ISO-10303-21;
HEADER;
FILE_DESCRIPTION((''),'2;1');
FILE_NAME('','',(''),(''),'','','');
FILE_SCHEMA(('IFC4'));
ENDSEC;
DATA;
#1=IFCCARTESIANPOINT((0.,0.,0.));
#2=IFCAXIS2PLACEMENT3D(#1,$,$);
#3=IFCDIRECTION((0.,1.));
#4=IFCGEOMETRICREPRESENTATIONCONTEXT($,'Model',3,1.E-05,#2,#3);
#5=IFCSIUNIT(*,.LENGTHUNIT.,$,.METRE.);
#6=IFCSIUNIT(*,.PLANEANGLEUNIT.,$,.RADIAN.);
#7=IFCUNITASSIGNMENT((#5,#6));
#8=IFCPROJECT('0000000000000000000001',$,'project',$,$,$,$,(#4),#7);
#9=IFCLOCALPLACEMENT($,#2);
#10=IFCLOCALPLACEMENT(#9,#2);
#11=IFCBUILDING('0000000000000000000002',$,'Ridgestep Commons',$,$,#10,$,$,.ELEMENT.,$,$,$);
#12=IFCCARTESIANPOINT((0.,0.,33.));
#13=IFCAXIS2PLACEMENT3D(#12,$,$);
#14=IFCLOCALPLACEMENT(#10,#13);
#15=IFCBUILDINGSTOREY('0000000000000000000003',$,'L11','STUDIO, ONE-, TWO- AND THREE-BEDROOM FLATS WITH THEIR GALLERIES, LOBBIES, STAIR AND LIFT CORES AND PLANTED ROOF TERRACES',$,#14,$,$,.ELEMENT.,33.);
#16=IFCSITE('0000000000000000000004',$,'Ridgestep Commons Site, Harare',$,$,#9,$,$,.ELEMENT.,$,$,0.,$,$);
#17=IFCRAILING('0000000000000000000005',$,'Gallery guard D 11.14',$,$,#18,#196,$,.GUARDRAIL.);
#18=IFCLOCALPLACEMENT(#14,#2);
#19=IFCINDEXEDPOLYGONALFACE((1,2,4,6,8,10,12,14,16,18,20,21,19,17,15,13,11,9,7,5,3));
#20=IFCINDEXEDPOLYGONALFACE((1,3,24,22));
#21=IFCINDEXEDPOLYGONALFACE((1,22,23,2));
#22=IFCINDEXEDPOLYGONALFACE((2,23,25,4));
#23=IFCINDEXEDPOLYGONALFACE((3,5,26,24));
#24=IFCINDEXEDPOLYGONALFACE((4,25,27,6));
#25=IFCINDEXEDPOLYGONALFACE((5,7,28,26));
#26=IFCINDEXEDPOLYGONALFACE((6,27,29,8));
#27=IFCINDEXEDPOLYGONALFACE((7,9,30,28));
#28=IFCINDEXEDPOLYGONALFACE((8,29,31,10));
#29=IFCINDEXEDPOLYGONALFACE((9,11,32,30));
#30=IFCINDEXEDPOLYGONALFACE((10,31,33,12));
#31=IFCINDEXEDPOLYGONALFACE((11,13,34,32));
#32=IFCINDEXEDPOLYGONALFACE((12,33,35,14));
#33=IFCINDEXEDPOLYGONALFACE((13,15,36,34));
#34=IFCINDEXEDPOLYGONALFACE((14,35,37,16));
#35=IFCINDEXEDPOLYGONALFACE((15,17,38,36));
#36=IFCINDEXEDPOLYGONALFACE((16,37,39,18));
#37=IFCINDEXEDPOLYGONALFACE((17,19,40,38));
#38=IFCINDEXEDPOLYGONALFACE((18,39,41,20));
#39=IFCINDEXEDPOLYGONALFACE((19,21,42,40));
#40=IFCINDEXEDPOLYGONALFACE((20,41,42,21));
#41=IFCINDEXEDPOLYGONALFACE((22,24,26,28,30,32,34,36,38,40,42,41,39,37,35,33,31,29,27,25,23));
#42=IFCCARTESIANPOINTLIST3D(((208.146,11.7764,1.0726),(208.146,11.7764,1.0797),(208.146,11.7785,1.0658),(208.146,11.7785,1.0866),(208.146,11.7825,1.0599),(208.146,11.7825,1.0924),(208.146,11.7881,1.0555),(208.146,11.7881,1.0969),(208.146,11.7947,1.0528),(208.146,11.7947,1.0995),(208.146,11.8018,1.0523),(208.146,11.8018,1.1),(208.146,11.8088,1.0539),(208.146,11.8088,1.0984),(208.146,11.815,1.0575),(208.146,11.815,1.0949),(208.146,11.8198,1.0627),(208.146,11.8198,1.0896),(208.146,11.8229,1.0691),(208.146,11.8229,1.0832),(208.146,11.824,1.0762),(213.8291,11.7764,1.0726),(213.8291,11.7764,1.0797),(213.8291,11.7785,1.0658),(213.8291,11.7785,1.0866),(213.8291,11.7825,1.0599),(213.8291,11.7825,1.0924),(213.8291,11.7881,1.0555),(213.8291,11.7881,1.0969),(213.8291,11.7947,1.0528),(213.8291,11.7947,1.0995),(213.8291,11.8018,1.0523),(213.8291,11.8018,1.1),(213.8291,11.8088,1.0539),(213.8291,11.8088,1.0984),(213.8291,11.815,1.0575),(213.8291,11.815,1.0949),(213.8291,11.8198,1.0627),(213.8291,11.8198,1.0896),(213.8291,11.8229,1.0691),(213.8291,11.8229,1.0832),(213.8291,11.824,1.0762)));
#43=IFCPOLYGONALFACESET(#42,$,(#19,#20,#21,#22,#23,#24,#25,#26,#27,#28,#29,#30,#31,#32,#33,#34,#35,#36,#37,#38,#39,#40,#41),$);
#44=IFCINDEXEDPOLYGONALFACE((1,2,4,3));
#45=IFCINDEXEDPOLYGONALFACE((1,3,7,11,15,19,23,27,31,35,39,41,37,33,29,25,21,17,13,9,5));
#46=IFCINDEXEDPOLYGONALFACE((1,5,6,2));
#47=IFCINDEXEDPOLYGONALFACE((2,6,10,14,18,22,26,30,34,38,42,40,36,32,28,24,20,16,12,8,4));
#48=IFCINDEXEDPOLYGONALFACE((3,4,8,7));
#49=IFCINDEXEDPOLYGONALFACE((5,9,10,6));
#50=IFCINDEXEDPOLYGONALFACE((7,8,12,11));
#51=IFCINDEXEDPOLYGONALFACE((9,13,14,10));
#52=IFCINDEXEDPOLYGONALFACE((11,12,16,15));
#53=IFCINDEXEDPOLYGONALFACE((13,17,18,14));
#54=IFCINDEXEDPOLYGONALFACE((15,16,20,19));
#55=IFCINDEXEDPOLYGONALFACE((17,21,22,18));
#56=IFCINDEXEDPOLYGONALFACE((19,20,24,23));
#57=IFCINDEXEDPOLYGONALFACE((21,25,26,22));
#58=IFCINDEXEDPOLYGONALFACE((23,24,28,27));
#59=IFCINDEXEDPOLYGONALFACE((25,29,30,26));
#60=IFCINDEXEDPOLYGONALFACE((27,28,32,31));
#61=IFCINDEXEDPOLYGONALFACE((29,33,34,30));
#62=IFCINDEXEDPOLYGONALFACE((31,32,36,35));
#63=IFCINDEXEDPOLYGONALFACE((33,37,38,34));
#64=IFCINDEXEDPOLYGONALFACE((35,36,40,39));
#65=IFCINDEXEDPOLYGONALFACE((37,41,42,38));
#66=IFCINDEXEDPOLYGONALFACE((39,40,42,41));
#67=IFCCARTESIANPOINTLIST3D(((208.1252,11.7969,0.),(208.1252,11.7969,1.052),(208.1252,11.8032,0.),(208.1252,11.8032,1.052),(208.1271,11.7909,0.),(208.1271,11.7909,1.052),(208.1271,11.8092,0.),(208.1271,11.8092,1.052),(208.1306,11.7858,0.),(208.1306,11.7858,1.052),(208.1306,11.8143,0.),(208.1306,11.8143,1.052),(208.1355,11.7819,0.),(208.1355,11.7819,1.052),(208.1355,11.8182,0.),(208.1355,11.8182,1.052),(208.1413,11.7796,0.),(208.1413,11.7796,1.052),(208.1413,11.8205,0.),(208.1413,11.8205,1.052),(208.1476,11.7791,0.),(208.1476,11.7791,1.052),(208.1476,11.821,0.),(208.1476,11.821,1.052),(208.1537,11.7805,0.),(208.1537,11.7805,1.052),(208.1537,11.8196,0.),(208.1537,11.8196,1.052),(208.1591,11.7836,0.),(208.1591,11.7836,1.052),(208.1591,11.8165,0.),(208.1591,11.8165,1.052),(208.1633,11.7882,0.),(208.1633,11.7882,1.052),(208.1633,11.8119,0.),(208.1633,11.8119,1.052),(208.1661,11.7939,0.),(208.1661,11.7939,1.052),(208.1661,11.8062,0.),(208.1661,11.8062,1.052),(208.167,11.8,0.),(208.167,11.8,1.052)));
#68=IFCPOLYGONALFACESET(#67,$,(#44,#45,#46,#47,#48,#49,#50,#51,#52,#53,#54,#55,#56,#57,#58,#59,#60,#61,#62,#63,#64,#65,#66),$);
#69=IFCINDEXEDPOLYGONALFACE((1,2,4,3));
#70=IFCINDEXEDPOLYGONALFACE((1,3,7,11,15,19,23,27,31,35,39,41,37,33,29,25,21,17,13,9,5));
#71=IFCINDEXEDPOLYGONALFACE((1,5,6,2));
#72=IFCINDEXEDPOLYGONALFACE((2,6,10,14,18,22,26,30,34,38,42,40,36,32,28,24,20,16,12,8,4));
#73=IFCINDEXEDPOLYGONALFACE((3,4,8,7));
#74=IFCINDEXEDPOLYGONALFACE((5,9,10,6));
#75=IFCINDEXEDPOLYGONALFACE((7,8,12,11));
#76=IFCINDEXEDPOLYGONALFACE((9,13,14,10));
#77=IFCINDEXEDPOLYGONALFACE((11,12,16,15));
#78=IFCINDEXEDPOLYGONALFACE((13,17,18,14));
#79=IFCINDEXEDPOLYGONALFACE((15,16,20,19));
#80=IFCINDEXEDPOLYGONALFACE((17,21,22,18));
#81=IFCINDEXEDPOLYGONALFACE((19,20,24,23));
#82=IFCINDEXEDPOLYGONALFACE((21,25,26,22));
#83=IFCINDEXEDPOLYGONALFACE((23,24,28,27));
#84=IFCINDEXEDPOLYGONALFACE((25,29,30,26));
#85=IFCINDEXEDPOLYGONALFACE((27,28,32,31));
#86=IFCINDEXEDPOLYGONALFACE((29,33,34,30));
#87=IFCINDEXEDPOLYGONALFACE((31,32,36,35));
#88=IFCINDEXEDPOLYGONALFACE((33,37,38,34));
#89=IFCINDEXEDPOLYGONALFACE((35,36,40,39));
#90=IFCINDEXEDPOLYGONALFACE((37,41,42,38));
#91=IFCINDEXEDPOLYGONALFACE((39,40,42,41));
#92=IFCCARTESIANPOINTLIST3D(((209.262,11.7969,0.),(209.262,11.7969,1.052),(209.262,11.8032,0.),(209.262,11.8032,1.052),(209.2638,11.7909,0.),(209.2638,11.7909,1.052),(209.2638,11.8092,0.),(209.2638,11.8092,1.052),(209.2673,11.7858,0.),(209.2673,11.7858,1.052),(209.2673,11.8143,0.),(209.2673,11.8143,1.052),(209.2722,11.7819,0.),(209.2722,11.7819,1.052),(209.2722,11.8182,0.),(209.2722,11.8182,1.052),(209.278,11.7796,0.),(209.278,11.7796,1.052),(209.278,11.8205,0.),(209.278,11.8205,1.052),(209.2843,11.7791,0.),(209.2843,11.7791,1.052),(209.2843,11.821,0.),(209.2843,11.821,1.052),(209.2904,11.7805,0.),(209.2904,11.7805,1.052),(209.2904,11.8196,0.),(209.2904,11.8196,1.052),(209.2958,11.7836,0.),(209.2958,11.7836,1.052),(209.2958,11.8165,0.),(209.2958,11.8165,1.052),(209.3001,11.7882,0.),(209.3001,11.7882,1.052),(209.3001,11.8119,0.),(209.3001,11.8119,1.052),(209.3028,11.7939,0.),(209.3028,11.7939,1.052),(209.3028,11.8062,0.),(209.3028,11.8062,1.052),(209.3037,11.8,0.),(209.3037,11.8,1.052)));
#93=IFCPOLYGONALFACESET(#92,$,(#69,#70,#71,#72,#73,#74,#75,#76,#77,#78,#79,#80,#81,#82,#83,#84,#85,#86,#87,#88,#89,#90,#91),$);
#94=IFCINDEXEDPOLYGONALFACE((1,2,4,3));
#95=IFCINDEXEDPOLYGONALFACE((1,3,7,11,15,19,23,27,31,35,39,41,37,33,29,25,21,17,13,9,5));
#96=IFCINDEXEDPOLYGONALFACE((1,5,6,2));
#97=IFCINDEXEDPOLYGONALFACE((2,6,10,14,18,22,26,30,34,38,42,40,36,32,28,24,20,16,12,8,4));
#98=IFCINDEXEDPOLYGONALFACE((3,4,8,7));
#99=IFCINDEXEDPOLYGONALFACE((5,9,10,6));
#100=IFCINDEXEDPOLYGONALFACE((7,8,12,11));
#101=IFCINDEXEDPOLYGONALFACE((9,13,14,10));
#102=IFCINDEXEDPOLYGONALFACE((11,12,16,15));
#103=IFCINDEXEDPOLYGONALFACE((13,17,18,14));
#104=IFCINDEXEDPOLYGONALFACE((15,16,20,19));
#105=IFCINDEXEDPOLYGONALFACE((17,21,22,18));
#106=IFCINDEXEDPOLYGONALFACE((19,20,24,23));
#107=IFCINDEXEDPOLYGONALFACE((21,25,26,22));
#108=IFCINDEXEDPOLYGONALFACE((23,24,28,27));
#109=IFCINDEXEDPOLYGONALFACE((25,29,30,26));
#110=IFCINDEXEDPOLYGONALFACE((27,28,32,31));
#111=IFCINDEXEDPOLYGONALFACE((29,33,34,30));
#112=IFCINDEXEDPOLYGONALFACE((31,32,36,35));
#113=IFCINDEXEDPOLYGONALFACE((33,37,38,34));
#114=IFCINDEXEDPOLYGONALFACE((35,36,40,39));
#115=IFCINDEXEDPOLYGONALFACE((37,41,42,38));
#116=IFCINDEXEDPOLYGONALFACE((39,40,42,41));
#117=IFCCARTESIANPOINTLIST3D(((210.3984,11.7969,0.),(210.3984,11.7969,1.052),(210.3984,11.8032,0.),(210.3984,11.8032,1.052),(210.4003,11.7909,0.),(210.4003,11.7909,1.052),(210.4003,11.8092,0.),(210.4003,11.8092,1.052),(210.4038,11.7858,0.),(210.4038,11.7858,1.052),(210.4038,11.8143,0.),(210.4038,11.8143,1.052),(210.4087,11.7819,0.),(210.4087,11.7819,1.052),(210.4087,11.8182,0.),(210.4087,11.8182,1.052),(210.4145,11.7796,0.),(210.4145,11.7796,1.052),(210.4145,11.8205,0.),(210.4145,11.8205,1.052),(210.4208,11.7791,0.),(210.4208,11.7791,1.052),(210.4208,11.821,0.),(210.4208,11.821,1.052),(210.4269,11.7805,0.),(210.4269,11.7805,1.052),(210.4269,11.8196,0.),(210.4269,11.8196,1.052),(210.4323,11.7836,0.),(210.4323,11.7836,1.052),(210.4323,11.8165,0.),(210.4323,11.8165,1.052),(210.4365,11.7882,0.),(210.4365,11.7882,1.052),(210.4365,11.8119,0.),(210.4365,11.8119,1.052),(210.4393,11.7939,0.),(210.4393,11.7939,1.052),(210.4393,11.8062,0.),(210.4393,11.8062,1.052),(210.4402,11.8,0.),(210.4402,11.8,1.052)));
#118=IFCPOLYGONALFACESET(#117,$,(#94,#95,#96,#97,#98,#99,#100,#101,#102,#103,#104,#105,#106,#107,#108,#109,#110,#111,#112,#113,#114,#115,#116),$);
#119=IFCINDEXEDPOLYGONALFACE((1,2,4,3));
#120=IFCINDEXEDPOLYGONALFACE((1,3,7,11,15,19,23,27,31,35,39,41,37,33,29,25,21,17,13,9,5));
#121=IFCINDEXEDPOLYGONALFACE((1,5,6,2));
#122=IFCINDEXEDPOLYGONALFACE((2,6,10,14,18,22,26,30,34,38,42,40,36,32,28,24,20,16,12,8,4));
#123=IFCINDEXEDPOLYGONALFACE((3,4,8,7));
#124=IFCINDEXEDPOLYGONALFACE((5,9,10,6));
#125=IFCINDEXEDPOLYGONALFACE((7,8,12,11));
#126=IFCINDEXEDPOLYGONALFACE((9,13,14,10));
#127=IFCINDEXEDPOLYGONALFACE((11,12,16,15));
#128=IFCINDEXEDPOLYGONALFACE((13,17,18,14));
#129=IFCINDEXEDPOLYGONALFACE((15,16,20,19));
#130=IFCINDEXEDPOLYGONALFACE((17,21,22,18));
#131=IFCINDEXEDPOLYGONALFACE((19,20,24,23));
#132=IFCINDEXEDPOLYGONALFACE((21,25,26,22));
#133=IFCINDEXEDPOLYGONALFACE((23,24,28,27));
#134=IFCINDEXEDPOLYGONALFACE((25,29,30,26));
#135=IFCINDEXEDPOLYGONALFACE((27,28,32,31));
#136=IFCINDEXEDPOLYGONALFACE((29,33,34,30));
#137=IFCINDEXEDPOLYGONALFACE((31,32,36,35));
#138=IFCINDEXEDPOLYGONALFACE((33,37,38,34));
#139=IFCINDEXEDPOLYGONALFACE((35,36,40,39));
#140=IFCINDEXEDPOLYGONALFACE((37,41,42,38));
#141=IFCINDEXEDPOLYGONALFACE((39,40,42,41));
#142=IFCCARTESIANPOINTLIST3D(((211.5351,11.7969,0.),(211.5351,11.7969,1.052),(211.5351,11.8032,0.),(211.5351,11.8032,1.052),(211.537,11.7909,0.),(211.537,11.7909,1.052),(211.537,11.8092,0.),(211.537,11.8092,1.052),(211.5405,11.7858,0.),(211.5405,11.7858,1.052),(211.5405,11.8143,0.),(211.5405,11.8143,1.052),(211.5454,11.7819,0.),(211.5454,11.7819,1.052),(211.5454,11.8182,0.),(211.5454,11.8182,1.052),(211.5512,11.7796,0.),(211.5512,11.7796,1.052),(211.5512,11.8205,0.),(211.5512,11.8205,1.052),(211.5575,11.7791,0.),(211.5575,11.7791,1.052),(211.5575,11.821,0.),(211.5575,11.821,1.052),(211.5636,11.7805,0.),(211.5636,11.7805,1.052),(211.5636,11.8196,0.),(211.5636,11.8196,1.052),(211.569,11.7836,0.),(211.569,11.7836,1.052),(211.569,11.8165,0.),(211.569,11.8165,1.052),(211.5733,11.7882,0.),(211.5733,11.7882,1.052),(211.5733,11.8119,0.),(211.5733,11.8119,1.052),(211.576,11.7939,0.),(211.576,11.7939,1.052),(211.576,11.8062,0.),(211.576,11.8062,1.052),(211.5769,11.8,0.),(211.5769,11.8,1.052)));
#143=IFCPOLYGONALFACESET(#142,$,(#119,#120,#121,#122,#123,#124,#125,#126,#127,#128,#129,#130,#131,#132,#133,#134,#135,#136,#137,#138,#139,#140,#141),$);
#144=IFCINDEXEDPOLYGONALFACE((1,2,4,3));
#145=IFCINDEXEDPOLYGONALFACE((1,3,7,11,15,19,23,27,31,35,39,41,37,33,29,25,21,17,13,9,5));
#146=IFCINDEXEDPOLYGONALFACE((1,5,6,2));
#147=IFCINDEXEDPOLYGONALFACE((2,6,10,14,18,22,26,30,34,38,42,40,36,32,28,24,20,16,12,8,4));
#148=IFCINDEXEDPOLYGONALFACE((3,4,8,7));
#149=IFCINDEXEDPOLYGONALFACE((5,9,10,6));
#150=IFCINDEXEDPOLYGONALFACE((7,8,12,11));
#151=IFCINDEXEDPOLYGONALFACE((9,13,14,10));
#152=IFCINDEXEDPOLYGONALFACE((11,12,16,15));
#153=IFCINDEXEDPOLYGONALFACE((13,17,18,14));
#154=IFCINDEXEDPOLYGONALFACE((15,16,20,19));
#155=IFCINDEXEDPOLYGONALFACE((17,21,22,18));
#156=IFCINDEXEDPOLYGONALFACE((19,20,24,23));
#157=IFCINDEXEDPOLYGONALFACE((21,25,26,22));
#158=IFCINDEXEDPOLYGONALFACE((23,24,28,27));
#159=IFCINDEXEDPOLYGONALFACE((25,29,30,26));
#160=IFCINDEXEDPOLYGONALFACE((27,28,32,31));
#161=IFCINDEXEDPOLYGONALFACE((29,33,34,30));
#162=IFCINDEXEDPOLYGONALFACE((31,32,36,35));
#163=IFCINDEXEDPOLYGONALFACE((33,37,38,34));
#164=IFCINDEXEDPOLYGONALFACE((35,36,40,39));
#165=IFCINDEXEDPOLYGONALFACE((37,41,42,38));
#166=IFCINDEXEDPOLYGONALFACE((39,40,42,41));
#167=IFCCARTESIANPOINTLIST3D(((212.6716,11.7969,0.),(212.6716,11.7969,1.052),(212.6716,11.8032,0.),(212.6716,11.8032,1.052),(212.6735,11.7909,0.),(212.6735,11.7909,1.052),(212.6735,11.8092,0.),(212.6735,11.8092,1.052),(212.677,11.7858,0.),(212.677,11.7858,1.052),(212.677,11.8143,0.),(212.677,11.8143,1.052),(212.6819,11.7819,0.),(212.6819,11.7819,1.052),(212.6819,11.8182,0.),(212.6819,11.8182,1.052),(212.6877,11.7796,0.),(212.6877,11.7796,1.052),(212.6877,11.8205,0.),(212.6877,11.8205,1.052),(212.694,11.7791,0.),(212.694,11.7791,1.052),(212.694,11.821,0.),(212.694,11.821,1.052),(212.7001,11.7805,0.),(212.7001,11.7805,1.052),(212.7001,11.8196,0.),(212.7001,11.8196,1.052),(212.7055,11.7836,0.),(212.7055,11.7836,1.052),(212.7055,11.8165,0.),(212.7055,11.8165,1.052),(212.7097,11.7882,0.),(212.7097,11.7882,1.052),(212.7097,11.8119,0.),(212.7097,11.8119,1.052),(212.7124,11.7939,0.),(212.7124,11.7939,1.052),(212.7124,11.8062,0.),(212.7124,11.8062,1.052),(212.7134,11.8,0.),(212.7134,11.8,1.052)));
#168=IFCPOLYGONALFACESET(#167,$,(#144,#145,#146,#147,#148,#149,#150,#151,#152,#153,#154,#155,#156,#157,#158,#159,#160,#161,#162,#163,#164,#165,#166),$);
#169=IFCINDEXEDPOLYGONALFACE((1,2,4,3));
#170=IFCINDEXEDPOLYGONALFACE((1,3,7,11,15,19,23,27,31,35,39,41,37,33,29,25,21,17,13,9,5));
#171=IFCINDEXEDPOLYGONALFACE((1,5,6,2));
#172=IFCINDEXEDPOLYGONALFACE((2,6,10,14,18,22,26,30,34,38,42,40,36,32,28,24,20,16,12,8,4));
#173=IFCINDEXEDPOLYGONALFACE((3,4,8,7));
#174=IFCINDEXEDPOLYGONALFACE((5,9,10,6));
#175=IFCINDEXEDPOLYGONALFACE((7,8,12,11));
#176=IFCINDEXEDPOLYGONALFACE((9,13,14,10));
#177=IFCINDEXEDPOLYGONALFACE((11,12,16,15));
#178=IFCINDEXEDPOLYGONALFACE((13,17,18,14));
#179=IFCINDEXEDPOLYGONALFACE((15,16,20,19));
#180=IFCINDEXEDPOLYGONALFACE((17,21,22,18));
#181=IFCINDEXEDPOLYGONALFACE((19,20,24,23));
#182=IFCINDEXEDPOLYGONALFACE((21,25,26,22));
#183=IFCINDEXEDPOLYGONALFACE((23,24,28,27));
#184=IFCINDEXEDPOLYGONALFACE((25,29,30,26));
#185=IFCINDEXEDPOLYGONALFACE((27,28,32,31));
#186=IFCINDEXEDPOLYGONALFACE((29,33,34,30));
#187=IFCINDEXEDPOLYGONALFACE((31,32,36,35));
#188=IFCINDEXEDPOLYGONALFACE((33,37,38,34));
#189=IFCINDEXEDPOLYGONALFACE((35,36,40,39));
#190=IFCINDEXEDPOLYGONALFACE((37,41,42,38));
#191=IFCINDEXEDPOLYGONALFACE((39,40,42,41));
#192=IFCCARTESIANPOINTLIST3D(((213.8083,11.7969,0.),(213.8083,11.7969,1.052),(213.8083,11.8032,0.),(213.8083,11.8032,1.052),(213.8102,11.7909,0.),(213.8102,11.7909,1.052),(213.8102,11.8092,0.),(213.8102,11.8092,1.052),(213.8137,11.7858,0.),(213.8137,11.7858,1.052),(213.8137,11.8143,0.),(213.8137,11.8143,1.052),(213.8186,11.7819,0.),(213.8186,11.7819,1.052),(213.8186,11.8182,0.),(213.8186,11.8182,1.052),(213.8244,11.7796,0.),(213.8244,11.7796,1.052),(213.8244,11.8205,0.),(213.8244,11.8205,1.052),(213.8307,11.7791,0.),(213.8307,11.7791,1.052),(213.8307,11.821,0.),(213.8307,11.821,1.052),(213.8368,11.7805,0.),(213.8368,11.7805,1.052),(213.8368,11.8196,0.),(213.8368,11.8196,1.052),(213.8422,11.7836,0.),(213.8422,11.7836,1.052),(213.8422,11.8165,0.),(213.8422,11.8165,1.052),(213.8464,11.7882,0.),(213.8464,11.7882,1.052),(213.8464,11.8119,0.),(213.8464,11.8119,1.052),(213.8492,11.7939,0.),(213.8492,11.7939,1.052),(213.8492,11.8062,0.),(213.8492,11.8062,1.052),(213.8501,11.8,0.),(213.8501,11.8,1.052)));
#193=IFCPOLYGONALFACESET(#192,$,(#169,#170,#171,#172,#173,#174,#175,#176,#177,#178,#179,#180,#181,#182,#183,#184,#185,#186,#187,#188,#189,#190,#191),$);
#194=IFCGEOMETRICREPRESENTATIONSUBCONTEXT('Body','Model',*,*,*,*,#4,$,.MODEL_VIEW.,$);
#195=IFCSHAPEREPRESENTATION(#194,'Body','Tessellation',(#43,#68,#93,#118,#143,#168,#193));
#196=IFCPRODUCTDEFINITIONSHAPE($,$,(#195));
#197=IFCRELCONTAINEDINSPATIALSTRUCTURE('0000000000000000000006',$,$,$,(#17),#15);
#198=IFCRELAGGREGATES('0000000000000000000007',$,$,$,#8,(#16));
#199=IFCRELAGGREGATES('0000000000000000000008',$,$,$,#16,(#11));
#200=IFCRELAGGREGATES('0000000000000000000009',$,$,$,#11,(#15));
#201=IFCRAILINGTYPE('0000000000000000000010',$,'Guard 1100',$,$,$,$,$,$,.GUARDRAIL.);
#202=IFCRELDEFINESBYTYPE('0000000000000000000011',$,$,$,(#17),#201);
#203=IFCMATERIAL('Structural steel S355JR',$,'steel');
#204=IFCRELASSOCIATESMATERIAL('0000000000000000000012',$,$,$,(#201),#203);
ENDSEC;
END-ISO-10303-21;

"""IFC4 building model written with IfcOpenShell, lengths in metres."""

from ifc_helpers import new_model, si_unit, direction, frame, origin, origin_2d, place, context, subcontext, project, spatial, circle, extrude, material, type_object, element, save


model = new_model("IFC4")

# Units and contexts
model_context = context("Model", 3, precision=1e-05, world=origin(), true_north=direction((0.0, 1.0)))
body_context = subcontext(model_context, "Body", "Model", "MODEL_VIEW")
ifc_project = project(units=[si_unit("LENGTHUNIT", "METRE"), si_unit("PLANEANGLEUNIT", "RADIAN")], contexts=[model_context])

# Site, building, storey
site_placement = place(None, origin())
site = spatial("IfcSite", under=ifc_project, at=site_placement, Name="Ridgestep Commons Site, Harare", CompositionType="ELEMENT", RefElevation=0.0)
building_placement = place(site_placement, origin())
building = spatial("IfcBuilding", under=site, at=building_placement, Name="Ridgestep Commons", CompositionType="ELEMENT")
storey_placement = place(building_placement, frame((0.0, 0.0, 33.0)))
storey = spatial("IfcBuildingStorey", under=building, at=storey_placement, Name="L11", Description="STUDIO, ONE-, TWO- AND THREE-BEDROOM FLATS WITH THEIR GALLERIES, LOBBIES, STAIR AND LIFT CORES AND PLANTED ROOF TERRACES", CompositionType="ELEMENT", Elevation=33.0)

# Railing
ifc_material_1 = material(Name="Structural steel S355JR", Category="steel")
railing_type_1 = type_object("IfcRailingType", Name="Guard 1100", PredefinedType="GUARDRAIL", material=ifc_material_1)
railing_1_placement = place(storey_placement, frame((208.146, 11.8, 0.0)))
element("IfcRailing", 1, at=railing_1_placement, inside=storey, type_object=railing_type_1, Name="Gallery guard D 11.14", PredefinedType="GUARDRAIL", context=body_context, shape_type="SweptSolid", body=[
    extrude(circle(Radius=0.0239, at=origin_2d()), frame((0.0, 0.0, 1.0762), z_axis=(1.0, 0.0, 0.0), x_axis=(0.0, 1.0, 0.0)), (0.0, 0.0, 1.0), 5.6831),
    extrude(circle(Radius=0.021, at=origin_2d()), origin(), (0.0, 0.0, 1.0), 1.052),
    extrude(circle(Radius=0.021, at=origin_2d()), frame((1.1367, 0.0, 0.0)), (0.0, 0.0, 1.0), 1.052),
    extrude(circle(Radius=0.021, at=origin_2d()), frame((2.2732, 0.0, 0.0)), (0.0, 0.0, 1.0), 1.052),
    extrude(circle(Radius=0.021, at=origin_2d()), frame((3.4099, 0.0, 0.0)), (0.0, 0.0, 1.0), 1.052),
    extrude(circle(Radius=0.021, at=origin_2d()), frame((4.5464, 0.0, 0.0)), (0.0, 0.0, 1.0), 1.052),
    extrude(circle(Radius=0.021, at=origin_2d()), frame((5.6831, 0.0, 0.0)), (0.0, 0.0, 1.0), 1.052),
])

save(model, "model.ifc")
